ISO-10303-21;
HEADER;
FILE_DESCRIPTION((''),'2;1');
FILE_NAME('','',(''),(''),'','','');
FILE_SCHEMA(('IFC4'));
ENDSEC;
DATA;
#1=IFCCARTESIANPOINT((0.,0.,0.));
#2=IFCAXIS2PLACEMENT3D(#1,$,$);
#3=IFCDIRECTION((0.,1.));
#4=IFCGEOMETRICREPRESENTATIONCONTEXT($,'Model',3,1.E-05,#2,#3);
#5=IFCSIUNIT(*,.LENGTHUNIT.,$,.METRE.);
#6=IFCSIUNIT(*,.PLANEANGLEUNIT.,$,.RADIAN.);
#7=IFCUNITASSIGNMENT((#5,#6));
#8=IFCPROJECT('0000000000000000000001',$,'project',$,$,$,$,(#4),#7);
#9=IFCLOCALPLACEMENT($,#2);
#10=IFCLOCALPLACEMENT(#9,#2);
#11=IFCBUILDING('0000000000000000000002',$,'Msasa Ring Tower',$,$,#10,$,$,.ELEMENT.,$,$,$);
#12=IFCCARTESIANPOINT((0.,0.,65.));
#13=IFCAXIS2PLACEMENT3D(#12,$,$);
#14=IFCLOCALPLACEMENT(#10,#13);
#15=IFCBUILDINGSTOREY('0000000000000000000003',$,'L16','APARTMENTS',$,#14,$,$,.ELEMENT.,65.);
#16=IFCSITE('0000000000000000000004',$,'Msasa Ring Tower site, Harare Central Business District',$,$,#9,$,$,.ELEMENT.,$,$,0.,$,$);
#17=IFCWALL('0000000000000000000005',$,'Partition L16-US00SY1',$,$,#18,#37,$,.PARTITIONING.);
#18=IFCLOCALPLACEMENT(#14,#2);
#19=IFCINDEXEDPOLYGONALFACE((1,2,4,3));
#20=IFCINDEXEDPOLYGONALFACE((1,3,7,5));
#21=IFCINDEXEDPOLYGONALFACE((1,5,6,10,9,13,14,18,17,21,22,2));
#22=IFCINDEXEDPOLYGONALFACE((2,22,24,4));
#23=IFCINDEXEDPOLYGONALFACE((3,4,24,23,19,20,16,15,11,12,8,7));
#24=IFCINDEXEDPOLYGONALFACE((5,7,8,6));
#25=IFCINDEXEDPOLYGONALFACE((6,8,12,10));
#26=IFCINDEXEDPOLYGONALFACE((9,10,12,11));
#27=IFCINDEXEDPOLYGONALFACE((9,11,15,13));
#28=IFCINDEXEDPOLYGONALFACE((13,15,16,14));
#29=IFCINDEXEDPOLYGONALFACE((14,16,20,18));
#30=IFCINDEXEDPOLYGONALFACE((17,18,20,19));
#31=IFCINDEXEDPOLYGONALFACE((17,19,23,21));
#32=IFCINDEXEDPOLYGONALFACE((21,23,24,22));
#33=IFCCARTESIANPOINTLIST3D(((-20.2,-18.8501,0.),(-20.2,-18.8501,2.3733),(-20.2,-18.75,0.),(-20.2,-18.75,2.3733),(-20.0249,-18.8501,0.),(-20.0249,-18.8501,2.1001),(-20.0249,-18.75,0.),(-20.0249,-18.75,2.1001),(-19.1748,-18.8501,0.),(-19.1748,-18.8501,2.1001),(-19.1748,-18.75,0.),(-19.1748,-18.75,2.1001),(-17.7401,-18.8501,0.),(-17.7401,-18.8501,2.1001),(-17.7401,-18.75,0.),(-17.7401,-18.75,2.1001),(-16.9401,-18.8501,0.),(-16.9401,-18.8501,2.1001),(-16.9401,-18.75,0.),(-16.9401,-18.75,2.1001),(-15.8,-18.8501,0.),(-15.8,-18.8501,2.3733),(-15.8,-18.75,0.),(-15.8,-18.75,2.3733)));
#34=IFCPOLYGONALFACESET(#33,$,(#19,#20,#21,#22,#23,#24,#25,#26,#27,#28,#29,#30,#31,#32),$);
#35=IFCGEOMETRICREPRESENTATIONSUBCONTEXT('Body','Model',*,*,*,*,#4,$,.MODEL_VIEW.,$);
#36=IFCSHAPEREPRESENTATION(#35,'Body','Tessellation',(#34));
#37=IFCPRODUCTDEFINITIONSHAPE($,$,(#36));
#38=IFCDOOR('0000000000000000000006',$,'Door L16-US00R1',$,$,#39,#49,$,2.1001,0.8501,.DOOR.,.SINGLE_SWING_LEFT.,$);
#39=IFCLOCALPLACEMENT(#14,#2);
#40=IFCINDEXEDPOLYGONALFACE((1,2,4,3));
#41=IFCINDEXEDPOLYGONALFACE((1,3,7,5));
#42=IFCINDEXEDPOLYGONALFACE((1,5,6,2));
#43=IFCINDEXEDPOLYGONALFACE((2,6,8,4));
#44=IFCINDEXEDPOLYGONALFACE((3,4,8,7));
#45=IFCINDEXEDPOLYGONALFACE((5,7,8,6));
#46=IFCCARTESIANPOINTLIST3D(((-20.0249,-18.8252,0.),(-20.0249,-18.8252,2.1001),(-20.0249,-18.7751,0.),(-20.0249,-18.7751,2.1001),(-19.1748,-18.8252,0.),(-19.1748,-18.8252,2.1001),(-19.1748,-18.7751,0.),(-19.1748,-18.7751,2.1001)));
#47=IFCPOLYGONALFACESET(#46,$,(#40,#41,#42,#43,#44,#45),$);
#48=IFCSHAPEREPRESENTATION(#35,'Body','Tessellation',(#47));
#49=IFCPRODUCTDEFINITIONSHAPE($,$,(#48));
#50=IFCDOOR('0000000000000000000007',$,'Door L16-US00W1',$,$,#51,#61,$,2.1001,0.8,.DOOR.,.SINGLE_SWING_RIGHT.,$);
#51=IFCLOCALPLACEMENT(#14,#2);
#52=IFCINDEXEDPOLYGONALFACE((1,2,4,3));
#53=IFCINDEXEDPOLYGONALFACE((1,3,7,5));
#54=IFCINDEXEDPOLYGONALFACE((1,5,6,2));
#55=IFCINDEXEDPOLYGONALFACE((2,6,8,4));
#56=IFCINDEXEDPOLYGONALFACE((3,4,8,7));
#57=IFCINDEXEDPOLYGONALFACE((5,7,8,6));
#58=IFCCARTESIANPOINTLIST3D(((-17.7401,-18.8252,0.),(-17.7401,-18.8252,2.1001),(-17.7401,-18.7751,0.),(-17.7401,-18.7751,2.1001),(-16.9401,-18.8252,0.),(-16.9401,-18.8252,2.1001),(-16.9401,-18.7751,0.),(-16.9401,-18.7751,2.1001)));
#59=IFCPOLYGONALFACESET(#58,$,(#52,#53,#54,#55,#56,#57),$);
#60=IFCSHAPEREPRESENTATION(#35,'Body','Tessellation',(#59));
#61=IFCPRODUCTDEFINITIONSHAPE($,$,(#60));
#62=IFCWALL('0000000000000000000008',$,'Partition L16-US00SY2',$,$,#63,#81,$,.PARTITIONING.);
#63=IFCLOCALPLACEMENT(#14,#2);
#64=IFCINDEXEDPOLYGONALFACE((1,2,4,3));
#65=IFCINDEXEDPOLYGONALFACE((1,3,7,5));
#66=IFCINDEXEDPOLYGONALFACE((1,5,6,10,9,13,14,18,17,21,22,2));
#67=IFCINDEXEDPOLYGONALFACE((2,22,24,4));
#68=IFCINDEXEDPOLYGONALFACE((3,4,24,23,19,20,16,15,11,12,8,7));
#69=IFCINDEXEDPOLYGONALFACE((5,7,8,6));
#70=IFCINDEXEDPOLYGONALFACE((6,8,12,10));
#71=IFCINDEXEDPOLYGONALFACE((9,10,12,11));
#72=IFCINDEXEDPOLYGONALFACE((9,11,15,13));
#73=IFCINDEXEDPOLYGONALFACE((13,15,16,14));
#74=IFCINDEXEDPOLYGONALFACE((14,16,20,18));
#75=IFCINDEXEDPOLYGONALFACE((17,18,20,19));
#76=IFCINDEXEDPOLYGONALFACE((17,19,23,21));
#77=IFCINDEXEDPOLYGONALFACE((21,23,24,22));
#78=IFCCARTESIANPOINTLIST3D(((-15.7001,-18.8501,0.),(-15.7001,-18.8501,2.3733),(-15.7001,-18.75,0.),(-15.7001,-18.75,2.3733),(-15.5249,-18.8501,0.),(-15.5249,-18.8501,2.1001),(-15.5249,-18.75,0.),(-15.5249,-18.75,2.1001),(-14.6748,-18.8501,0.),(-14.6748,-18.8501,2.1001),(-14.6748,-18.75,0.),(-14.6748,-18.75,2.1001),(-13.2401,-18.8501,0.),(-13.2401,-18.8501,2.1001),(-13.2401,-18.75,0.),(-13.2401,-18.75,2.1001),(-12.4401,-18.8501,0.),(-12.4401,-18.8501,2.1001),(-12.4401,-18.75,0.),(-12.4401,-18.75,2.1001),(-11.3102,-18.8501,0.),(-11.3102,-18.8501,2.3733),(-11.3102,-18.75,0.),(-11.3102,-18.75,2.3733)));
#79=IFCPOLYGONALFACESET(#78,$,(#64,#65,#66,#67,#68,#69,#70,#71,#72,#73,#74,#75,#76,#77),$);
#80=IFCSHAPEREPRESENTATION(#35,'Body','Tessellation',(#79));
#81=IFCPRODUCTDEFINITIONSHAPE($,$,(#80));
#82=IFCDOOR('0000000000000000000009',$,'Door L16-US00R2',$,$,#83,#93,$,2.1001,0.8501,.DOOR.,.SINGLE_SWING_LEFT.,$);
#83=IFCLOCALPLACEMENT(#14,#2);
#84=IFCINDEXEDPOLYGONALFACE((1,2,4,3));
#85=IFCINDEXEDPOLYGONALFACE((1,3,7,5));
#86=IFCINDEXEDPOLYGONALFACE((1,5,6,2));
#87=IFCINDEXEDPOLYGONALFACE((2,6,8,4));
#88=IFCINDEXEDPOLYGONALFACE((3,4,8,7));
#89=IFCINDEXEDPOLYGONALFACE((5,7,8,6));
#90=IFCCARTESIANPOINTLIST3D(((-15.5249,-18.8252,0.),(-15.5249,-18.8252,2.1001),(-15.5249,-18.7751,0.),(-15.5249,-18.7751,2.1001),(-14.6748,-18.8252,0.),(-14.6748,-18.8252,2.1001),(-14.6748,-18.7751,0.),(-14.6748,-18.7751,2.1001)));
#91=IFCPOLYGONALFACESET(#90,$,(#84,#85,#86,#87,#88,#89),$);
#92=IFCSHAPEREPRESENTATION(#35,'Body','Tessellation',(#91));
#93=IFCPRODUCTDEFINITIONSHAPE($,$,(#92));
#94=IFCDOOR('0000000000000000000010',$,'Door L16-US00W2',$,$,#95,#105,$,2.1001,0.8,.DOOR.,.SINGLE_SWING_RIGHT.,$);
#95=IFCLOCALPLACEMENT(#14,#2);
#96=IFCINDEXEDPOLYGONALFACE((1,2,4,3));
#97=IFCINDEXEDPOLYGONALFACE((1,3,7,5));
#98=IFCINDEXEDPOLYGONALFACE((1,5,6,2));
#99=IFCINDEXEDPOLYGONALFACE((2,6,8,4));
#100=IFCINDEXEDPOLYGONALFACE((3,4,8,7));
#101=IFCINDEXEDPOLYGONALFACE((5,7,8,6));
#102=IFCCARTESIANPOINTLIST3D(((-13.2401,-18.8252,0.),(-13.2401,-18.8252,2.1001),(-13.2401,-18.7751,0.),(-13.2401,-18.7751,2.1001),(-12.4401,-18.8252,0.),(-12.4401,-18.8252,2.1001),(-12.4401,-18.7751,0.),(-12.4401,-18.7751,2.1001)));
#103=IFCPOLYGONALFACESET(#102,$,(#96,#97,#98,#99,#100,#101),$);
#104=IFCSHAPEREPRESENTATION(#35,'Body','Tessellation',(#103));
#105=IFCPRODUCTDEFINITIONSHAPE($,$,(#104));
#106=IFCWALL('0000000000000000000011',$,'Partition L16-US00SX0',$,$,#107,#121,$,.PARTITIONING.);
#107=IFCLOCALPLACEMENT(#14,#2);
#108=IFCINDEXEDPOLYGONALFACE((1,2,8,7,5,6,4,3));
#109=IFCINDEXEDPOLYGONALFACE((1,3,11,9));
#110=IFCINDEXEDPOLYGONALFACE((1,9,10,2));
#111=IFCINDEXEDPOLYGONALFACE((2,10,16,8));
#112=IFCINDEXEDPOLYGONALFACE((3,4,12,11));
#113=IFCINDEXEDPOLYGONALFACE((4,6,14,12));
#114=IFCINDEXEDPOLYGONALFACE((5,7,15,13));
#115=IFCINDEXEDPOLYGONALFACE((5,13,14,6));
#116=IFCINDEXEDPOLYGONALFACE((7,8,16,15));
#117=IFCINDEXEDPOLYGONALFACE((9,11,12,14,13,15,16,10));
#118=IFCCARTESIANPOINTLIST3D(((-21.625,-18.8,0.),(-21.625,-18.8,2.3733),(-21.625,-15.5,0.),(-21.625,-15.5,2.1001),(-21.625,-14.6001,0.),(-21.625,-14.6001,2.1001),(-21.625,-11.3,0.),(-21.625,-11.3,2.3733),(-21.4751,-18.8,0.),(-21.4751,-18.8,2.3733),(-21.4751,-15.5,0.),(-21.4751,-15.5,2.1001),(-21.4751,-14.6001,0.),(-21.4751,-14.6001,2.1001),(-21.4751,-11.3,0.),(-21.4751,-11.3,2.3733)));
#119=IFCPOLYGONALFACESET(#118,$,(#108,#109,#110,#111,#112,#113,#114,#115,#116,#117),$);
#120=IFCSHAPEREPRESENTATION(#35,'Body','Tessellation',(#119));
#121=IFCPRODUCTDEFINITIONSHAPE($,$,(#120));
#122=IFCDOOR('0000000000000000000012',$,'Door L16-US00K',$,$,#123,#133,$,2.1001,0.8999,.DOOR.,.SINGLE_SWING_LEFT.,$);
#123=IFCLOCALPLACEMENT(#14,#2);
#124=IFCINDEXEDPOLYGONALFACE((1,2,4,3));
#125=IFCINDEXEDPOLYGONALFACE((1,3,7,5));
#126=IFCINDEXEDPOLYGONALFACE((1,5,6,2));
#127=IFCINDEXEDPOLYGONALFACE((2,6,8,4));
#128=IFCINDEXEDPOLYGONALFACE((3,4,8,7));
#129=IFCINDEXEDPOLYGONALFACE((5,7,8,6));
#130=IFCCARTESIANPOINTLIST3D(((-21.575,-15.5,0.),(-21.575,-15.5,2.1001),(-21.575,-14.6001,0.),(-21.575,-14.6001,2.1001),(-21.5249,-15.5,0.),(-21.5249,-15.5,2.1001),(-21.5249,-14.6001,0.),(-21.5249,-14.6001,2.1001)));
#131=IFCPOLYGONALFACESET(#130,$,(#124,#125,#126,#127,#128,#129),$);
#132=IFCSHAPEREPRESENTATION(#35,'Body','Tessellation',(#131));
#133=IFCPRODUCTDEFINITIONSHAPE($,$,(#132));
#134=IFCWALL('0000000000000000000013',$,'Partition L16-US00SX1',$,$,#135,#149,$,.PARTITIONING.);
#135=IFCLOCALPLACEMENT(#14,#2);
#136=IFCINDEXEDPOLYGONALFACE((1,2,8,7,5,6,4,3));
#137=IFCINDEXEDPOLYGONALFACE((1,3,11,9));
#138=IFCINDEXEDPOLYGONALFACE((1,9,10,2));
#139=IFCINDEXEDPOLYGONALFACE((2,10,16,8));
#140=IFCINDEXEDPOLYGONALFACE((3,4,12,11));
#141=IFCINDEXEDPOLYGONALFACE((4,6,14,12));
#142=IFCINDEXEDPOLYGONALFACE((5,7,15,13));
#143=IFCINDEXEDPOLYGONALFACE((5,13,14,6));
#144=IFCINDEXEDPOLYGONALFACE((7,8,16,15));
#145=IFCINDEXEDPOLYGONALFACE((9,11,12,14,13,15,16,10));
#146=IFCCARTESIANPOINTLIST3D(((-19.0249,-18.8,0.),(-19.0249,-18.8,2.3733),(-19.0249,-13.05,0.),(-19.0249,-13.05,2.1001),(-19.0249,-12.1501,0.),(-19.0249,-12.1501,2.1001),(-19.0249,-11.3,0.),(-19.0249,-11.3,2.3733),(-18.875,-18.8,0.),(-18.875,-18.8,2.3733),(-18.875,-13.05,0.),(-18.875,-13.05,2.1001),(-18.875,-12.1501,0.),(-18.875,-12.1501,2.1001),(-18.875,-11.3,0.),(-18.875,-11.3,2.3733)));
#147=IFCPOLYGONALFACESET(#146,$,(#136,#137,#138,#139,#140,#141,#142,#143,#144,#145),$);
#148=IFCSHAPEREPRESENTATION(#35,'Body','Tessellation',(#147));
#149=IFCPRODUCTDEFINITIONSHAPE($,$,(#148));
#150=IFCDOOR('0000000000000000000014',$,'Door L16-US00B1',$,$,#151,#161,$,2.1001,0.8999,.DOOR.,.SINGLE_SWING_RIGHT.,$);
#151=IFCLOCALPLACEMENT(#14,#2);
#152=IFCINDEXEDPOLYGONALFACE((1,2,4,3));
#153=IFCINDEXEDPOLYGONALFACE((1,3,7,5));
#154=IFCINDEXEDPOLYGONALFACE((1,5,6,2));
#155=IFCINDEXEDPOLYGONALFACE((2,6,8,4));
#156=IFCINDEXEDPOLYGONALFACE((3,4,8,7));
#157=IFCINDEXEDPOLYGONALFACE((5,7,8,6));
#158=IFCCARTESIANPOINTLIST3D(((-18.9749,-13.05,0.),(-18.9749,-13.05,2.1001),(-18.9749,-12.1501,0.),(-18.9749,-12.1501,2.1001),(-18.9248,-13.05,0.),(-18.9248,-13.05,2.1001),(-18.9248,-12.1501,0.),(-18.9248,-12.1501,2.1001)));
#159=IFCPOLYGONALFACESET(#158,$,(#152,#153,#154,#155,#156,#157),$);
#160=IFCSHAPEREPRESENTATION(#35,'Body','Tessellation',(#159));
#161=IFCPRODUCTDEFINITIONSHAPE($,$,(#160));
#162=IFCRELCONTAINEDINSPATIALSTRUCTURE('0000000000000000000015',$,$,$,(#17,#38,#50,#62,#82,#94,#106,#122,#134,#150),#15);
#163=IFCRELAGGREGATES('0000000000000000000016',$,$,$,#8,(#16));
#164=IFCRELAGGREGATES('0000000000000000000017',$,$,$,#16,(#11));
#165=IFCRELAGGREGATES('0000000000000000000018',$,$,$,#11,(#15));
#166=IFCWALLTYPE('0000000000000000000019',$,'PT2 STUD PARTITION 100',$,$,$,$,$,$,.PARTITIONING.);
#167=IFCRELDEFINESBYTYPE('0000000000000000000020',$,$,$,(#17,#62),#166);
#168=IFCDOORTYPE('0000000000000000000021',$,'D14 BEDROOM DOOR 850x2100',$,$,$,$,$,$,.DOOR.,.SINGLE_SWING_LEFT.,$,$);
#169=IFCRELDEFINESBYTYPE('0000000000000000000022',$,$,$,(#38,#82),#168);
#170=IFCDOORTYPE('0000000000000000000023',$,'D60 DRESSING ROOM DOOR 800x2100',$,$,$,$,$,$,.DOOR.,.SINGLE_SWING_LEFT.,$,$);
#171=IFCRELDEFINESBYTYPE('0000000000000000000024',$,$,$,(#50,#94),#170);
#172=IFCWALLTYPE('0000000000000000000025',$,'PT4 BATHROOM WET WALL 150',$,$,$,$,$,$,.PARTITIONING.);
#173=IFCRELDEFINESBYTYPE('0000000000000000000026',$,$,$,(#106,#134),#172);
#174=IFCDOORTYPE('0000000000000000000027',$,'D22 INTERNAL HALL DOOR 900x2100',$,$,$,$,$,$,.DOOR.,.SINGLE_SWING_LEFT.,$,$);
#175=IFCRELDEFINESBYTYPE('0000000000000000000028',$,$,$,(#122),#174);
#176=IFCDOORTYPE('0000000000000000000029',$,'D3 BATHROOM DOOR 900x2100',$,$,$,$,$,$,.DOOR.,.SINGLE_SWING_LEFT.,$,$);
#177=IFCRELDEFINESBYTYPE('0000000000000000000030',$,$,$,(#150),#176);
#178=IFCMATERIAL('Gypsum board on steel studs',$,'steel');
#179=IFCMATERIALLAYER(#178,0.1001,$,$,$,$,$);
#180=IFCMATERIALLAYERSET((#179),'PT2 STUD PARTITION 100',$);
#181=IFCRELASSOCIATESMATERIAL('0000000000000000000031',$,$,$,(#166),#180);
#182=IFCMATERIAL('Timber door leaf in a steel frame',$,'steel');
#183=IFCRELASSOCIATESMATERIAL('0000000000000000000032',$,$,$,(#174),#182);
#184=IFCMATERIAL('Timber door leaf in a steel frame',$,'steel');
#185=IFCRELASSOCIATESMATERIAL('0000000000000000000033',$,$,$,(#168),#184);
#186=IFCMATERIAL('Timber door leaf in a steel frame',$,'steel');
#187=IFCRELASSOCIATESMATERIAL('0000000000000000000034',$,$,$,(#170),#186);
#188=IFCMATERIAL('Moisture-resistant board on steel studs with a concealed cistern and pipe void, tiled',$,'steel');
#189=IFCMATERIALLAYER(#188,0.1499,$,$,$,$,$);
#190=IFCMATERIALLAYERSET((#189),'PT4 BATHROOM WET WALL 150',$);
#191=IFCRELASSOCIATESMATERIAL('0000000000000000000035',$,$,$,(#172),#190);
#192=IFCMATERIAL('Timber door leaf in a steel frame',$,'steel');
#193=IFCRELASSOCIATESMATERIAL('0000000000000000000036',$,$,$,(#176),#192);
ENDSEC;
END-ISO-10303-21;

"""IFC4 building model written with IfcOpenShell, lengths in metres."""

from ifc_helpers import new_model, si_unit, direction, frame, frame_2d, origin, place, context, subcontext, project, spatial, rectangle, extrude, material, layer, layer_set, type_object, element, fill, save


model = new_model("IFC4")

# Units and contexts
model_context = context("Model", 3, precision=1e-05, world=origin(), true_north=direction((0.0, 1.0)))
body_context = subcontext(model_context, "Body", "Model", "MODEL_VIEW")
ifc_project = project(units=[si_unit("LENGTHUNIT", "METRE"), si_unit("PLANEANGLEUNIT", "RADIAN")], contexts=[model_context])

# Site, building, storey
site_placement = place(None, origin())
site = spatial("IfcSite", under=ifc_project, at=site_placement, Name="Msasa Ring Tower site, Harare Central Business District", CompositionType="ELEMENT", RefElevation=0.0)
building_placement = place(site_placement, origin())
building = spatial("IfcBuilding", under=site, at=building_placement, Name="Msasa Ring Tower", CompositionType="ELEMENT")
storey_placement = place(building_placement, frame((0.0, 0.0, 65.0)))
storey = spatial("IfcBuildingStorey", under=building, at=storey_placement, Name="L16", Description="APARTMENTS", CompositionType="ELEMENT", Elevation=65.0)

# Shared definitions
ifc_material_1 = material(Name="Gypsum board on steel studs", Category="steel")
ifc_layer_1 = layer(ifc_material_1, 0.1001)
ifc_layer_set_1 = layer_set([ifc_layer_1], Name="PT2 STUD PARTITION 100")
wall_type_1 = type_object("IfcWallType", Name="PT2 STUD PARTITION 100", PredefinedType="PARTITIONING", material=ifc_layer_set_1)
ifc_material_2 = material(Name="Timber door leaf in a steel frame", Category="steel")
door_type_1 = type_object("IfcDoorType", Name="D22 INTERNAL HALL DOOR 900x2100", OperationType="SINGLE_SWING_LEFT", PredefinedType="DOOR", material=ifc_material_2)

# Walls, openings, doors
wall_1_placement = place(storey_placement, frame((-20.2, -18.8, 0.0), z_axis=(0.0, 0.0, 1.0), x_axis=(1.0, 0.0, 0.0)))
wall_1 = element("IfcWall", 1, at=wall_1_placement, inside=storey, type_object=wall_type_1, Name="Partition L16-US00SY1", PredefinedType="PARTITIONING", context=body_context, shape_type="SweptSolid", body=[
    extrude(rectangle(XDim=4.3999, YDim=0.1001, at=frame_2d((2.2, 0.0))), origin(), (0.0, 0.0, 1.0), 2.3733),
])
opening_1_placement = place(wall_1_placement, frame((0.175, 0.0, 0.0)))
opening_1 = element("IfcOpeningElement", 2, at=opening_1_placement, cuts=wall_1, PredefinedType="OPENING", context=body_context, shape_type="SweptSolid", body=[
    extrude(rectangle(XDim=0.8501, YDim=2.1001, at=frame_2d((0.425, 1.05))), frame((0.0, 0.0601, 0.0), z_axis=(0.0, -1.0, 0.0), x_axis=(1.0, 0.0, 0.0)), (0.0, 0.0, 1.0), 0.1201),
])
opening_2_placement = place(wall_1_placement, frame((2.46, 0.0, 0.0)))
opening_2 = element("IfcOpeningElement", 3, at=opening_2_placement, cuts=wall_1, PredefinedType="OPENING", context=body_context, shape_type="SweptSolid", body=[
    extrude(rectangle(XDim=0.8, YDim=2.1001, at=frame_2d((0.3999, 1.05))), frame((0.0, 0.0601, 0.0), z_axis=(0.0, -1.0, 0.0), x_axis=(1.0, 0.0, 0.0)), (0.0, 0.0, 1.0), 0.1201),
])
ifc_material_3 = material(Name="Timber door leaf in a steel frame", Category="steel")
door_type_2 = type_object("IfcDoorType", Name="D14 BEDROOM DOOR 850x2100", OperationType="SINGLE_SWING_LEFT", PredefinedType="DOOR", material=ifc_material_3)
door_1_placement = place(opening_1_placement, origin())
door_1 = element("IfcDoor", 4, at=door_1_placement, inside=storey, type_object=door_type_2, Name="Door L16-US00R1", OperationType="SINGLE_SWING_LEFT", OverallHeight=2.1001, OverallWidth=0.8501, PredefinedType="DOOR", context=body_context, shape_type="SweptSolid", body=[
    extrude(rectangle(XDim=0.8501, YDim=2.1001, at=frame_2d((0.425, 1.05))), frame((0.0, 0.0249, 0.0), z_axis=(0.0, -1.0, 0.0), x_axis=(1.0, 0.0, 0.0)), (0.0, 0.0, 1.0), 0.05),
])
fill(opening_1, door_1)
ifc_material_4 = material(Name="Timber door leaf in a steel frame", Category="steel")
door_type_3 = type_object("IfcDoorType", Name="D60 DRESSING ROOM DOOR 800x2100", OperationType="SINGLE_SWING_LEFT", PredefinedType="DOOR", material=ifc_material_4)
door_2_placement = place(opening_2_placement, origin())
door_2 = element("IfcDoor", 5, at=door_2_placement, inside=storey, type_object=door_type_3, Name="Door L16-US00W1", OperationType="SINGLE_SWING_RIGHT", OverallHeight=2.1001, OverallWidth=0.8, PredefinedType="DOOR", context=body_context, shape_type="SweptSolid", body=[
    extrude(rectangle(XDim=0.8, YDim=2.1001, at=frame_2d((0.3999, 1.05))), frame((0.0, 0.0249, 0.0), z_axis=(0.0, -1.0, 0.0), x_axis=(1.0, 0.0, 0.0)), (0.0, 0.0, 1.0), 0.05),
])
fill(opening_2, door_2)
wall_2_placement = place(storey_placement, frame((-15.7, -18.8, 0.0), z_axis=(0.0, 0.0, 1.0), x_axis=(1.0, 0.0, 0.0)))
wall_2 = element("IfcWall", 6, at=wall_2_placement, inside=storey, type_object=wall_type_1, Name="Partition L16-US00SY2", PredefinedType="PARTITIONING", context=body_context, shape_type="SweptSolid", body=[
    extrude(rectangle(XDim=4.3899, YDim=0.1001, at=frame_2d((2.1948, 0.0))), origin(), (0.0, 0.0, 1.0), 2.3733),
])
opening_3_placement = place(wall_2_placement, frame((0.175, 0.0, 0.0)))
opening_3 = element("IfcOpeningElement", 7, at=opening_3_placement, cuts=wall_2, PredefinedType="OPENING", context=body_context, shape_type="SweptSolid", body=[
    extrude(rectangle(XDim=0.8501, YDim=2.1001, at=frame_2d((0.425, 1.05))), frame((0.0, 0.0601, 0.0), z_axis=(0.0, -1.0, 0.0), x_axis=(1.0, 0.0, 0.0)), (0.0, 0.0, 1.0), 0.1201),
])
opening_4_placement = place(wall_2_placement, frame((2.46, 0.0, 0.0)))
opening_4 = element("IfcOpeningElement", 8, at=opening_4_placement, cuts=wall_2, PredefinedType="OPENING", context=body_context, shape_type="SweptSolid", body=[
    extrude(rectangle(XDim=0.8, YDim=2.1001, at=frame_2d((0.3999, 1.05))), frame((0.0, 0.0601, 0.0), z_axis=(0.0, -1.0, 0.0), x_axis=(1.0, 0.0, 0.0)), (0.0, 0.0, 1.0), 0.1201),
])
door_3_placement = place(opening_3_placement, origin())
door_3 = element("IfcDoor", 9, at=door_3_placement, inside=storey, type_object=door_type_2, Name="Door L16-US00R2", OperationType="SINGLE_SWING_LEFT", OverallHeight=2.1001, OverallWidth=0.8501, PredefinedType="DOOR", context=body_context, shape_type="SweptSolid", body=[
    extrude(rectangle(XDim=0.8501, YDim=2.1001, at=frame_2d((0.425, 1.05))), frame((0.0, 0.0249, 0.0), z_axis=(0.0, -1.0, 0.0), x_axis=(1.0, 0.0, 0.0)), (0.0, 0.0, 1.0), 0.05),
])
fill(opening_3, door_3)
door_4_placement = place(opening_4_placement, origin())
door_4 = element("IfcDoor", 10, at=door_4_placement, inside=storey, type_object=door_type_3, Name="Door L16-US00W2", OperationType="SINGLE_SWING_RIGHT", OverallHeight=2.1001, OverallWidth=0.8, PredefinedType="DOOR", context=body_context, shape_type="SweptSolid", body=[
    extrude(rectangle(XDim=0.8, YDim=2.1001, at=frame_2d((0.3999, 1.05))), frame((0.0, 0.0249, 0.0), z_axis=(0.0, -1.0, 0.0), x_axis=(1.0, 0.0, 0.0)), (0.0, 0.0, 1.0), 0.05),
])
fill(opening_4, door_4)

# Walls, openings, doors
ifc_material_5 = material(Name="Moisture-resistant board on steel studs with a concealed cistern and pipe void, tiled", Category="steel")
ifc_layer_2 = layer(ifc_material_5, 0.1499)
ifc_layer_set_2 = layer_set([ifc_layer_2], Name="PT4 BATHROOM WET WALL 150")
wall_type_2 = type_object("IfcWallType", Name="PT4 BATHROOM WET WALL 150", PredefinedType="PARTITIONING", material=ifc_layer_set_2)
wall_3_placement = place(storey_placement, frame((-21.55, -18.8, 0.0), z_axis=(0.0, 0.0, 1.0), x_axis=(0.0, 1.0, 0.0)))
wall_3 = element("IfcWall", 11, at=wall_3_placement, inside=storey, type_object=wall_type_2, Name="Partition L16-US00SX0", PredefinedType="PARTITIONING", context=body_context, shape_type="SweptSolid", body=[
    extrude(rectangle(XDim=7.5, YDim=0.1499, at=frame_2d((3.75, 0.0))), origin(), (0.0, 0.0, 1.0), 2.3733),
])
opening_5_placement = place(wall_3_placement, frame((3.3, 0.0, 0.0)))
opening_5 = element("IfcOpeningElement", 12, at=opening_5_placement, cuts=wall_3, PredefinedType="OPENING", context=body_context, shape_type="SweptSolid", body=[
    extrude(rectangle(XDim=0.8999, YDim=2.1001, at=frame_2d((0.45, 1.05))), frame((0.0, 0.085, 0.0), z_axis=(0.0, -1.0, 0.0), x_axis=(1.0, 0.0, 0.0)), (0.0, 0.0, 1.0), 0.1699),
])
door_5_placement = place(opening_5_placement, origin())
door_5 = element("IfcDoor", 13, at=door_5_placement, inside=storey, type_object=door_type_1, Name="Door L16-US00K", OperationType="SINGLE_SWING_LEFT", OverallHeight=2.1001, OverallWidth=0.8999, PredefinedType="DOOR", context=body_context, shape_type="SweptSolid", body=[
    extrude(rectangle(XDim=0.8999, YDim=2.1001, at=frame_2d((0.45, 1.05))), frame((0.0, 0.0249, 0.0), z_axis=(0.0, -1.0, 0.0), x_axis=(1.0, 0.0, 0.0)), (0.0, 0.0, 1.0), 0.05),
])
fill(opening_5, door_5)
wall_4_placement = place(storey_placement, frame((-18.95, -18.8, 0.0), z_axis=(0.0, 0.0, 1.0), x_axis=(0.0, 1.0, 0.0)))
wall_4 = element("IfcWall", 14, at=wall_4_placement, inside=storey, type_object=wall_type_2, Name="Partition L16-US00SX1", PredefinedType="PARTITIONING", context=body_context, shape_type="SweptSolid", body=[
    extrude(rectangle(XDim=7.5, YDim=0.1499, at=frame_2d((3.75, 0.0))), origin(), (0.0, 0.0, 1.0), 2.3733),
])
opening_6_placement = place(wall_4_placement, frame((5.75, 0.0, 0.0)))
opening_6 = element("IfcOpeningElement", 15, at=opening_6_placement, cuts=wall_4, PredefinedType="OPENING", context=body_context, shape_type="SweptSolid", body=[
    extrude(rectangle(XDim=0.8999, YDim=2.1001, at=frame_2d((0.45, 1.05))), frame((0.0, 0.085, 0.0), z_axis=(0.0, -1.0, 0.0), x_axis=(1.0, 0.0, 0.0)), (0.0, 0.0, 1.0), 0.1699),
])
ifc_material_6 = material(Name="Timber door leaf in a steel frame", Category="steel")
door_type_4 = type_object("IfcDoorType", Name="D3 BATHROOM DOOR 900x2100", OperationType="SINGLE_SWING_LEFT", PredefinedType="DOOR", material=ifc_material_6)
door_6_placement = place(opening_6_placement, origin())
door_6 = element("IfcDoor", 16, at=door_6_placement, inside=storey, type_object=door_type_4, Name="Door L16-US00B1", OperationType="SINGLE_SWING_RIGHT", OverallHeight=2.1001, OverallWidth=0.8999, PredefinedType="DOOR", context=body_context, shape_type="SweptSolid", body=[
    extrude(rectangle(XDim=0.8999, YDim=2.1001, at=frame_2d((0.45, 1.05))), frame((0.0, 0.0249, 0.0), z_axis=(0.0, -1.0, 0.0), x_axis=(1.0, 0.0, 0.0)), (0.0, 0.0, 1.0), 0.05),
])
fill(opening_6, door_6)

save(model, "model.ifc")
